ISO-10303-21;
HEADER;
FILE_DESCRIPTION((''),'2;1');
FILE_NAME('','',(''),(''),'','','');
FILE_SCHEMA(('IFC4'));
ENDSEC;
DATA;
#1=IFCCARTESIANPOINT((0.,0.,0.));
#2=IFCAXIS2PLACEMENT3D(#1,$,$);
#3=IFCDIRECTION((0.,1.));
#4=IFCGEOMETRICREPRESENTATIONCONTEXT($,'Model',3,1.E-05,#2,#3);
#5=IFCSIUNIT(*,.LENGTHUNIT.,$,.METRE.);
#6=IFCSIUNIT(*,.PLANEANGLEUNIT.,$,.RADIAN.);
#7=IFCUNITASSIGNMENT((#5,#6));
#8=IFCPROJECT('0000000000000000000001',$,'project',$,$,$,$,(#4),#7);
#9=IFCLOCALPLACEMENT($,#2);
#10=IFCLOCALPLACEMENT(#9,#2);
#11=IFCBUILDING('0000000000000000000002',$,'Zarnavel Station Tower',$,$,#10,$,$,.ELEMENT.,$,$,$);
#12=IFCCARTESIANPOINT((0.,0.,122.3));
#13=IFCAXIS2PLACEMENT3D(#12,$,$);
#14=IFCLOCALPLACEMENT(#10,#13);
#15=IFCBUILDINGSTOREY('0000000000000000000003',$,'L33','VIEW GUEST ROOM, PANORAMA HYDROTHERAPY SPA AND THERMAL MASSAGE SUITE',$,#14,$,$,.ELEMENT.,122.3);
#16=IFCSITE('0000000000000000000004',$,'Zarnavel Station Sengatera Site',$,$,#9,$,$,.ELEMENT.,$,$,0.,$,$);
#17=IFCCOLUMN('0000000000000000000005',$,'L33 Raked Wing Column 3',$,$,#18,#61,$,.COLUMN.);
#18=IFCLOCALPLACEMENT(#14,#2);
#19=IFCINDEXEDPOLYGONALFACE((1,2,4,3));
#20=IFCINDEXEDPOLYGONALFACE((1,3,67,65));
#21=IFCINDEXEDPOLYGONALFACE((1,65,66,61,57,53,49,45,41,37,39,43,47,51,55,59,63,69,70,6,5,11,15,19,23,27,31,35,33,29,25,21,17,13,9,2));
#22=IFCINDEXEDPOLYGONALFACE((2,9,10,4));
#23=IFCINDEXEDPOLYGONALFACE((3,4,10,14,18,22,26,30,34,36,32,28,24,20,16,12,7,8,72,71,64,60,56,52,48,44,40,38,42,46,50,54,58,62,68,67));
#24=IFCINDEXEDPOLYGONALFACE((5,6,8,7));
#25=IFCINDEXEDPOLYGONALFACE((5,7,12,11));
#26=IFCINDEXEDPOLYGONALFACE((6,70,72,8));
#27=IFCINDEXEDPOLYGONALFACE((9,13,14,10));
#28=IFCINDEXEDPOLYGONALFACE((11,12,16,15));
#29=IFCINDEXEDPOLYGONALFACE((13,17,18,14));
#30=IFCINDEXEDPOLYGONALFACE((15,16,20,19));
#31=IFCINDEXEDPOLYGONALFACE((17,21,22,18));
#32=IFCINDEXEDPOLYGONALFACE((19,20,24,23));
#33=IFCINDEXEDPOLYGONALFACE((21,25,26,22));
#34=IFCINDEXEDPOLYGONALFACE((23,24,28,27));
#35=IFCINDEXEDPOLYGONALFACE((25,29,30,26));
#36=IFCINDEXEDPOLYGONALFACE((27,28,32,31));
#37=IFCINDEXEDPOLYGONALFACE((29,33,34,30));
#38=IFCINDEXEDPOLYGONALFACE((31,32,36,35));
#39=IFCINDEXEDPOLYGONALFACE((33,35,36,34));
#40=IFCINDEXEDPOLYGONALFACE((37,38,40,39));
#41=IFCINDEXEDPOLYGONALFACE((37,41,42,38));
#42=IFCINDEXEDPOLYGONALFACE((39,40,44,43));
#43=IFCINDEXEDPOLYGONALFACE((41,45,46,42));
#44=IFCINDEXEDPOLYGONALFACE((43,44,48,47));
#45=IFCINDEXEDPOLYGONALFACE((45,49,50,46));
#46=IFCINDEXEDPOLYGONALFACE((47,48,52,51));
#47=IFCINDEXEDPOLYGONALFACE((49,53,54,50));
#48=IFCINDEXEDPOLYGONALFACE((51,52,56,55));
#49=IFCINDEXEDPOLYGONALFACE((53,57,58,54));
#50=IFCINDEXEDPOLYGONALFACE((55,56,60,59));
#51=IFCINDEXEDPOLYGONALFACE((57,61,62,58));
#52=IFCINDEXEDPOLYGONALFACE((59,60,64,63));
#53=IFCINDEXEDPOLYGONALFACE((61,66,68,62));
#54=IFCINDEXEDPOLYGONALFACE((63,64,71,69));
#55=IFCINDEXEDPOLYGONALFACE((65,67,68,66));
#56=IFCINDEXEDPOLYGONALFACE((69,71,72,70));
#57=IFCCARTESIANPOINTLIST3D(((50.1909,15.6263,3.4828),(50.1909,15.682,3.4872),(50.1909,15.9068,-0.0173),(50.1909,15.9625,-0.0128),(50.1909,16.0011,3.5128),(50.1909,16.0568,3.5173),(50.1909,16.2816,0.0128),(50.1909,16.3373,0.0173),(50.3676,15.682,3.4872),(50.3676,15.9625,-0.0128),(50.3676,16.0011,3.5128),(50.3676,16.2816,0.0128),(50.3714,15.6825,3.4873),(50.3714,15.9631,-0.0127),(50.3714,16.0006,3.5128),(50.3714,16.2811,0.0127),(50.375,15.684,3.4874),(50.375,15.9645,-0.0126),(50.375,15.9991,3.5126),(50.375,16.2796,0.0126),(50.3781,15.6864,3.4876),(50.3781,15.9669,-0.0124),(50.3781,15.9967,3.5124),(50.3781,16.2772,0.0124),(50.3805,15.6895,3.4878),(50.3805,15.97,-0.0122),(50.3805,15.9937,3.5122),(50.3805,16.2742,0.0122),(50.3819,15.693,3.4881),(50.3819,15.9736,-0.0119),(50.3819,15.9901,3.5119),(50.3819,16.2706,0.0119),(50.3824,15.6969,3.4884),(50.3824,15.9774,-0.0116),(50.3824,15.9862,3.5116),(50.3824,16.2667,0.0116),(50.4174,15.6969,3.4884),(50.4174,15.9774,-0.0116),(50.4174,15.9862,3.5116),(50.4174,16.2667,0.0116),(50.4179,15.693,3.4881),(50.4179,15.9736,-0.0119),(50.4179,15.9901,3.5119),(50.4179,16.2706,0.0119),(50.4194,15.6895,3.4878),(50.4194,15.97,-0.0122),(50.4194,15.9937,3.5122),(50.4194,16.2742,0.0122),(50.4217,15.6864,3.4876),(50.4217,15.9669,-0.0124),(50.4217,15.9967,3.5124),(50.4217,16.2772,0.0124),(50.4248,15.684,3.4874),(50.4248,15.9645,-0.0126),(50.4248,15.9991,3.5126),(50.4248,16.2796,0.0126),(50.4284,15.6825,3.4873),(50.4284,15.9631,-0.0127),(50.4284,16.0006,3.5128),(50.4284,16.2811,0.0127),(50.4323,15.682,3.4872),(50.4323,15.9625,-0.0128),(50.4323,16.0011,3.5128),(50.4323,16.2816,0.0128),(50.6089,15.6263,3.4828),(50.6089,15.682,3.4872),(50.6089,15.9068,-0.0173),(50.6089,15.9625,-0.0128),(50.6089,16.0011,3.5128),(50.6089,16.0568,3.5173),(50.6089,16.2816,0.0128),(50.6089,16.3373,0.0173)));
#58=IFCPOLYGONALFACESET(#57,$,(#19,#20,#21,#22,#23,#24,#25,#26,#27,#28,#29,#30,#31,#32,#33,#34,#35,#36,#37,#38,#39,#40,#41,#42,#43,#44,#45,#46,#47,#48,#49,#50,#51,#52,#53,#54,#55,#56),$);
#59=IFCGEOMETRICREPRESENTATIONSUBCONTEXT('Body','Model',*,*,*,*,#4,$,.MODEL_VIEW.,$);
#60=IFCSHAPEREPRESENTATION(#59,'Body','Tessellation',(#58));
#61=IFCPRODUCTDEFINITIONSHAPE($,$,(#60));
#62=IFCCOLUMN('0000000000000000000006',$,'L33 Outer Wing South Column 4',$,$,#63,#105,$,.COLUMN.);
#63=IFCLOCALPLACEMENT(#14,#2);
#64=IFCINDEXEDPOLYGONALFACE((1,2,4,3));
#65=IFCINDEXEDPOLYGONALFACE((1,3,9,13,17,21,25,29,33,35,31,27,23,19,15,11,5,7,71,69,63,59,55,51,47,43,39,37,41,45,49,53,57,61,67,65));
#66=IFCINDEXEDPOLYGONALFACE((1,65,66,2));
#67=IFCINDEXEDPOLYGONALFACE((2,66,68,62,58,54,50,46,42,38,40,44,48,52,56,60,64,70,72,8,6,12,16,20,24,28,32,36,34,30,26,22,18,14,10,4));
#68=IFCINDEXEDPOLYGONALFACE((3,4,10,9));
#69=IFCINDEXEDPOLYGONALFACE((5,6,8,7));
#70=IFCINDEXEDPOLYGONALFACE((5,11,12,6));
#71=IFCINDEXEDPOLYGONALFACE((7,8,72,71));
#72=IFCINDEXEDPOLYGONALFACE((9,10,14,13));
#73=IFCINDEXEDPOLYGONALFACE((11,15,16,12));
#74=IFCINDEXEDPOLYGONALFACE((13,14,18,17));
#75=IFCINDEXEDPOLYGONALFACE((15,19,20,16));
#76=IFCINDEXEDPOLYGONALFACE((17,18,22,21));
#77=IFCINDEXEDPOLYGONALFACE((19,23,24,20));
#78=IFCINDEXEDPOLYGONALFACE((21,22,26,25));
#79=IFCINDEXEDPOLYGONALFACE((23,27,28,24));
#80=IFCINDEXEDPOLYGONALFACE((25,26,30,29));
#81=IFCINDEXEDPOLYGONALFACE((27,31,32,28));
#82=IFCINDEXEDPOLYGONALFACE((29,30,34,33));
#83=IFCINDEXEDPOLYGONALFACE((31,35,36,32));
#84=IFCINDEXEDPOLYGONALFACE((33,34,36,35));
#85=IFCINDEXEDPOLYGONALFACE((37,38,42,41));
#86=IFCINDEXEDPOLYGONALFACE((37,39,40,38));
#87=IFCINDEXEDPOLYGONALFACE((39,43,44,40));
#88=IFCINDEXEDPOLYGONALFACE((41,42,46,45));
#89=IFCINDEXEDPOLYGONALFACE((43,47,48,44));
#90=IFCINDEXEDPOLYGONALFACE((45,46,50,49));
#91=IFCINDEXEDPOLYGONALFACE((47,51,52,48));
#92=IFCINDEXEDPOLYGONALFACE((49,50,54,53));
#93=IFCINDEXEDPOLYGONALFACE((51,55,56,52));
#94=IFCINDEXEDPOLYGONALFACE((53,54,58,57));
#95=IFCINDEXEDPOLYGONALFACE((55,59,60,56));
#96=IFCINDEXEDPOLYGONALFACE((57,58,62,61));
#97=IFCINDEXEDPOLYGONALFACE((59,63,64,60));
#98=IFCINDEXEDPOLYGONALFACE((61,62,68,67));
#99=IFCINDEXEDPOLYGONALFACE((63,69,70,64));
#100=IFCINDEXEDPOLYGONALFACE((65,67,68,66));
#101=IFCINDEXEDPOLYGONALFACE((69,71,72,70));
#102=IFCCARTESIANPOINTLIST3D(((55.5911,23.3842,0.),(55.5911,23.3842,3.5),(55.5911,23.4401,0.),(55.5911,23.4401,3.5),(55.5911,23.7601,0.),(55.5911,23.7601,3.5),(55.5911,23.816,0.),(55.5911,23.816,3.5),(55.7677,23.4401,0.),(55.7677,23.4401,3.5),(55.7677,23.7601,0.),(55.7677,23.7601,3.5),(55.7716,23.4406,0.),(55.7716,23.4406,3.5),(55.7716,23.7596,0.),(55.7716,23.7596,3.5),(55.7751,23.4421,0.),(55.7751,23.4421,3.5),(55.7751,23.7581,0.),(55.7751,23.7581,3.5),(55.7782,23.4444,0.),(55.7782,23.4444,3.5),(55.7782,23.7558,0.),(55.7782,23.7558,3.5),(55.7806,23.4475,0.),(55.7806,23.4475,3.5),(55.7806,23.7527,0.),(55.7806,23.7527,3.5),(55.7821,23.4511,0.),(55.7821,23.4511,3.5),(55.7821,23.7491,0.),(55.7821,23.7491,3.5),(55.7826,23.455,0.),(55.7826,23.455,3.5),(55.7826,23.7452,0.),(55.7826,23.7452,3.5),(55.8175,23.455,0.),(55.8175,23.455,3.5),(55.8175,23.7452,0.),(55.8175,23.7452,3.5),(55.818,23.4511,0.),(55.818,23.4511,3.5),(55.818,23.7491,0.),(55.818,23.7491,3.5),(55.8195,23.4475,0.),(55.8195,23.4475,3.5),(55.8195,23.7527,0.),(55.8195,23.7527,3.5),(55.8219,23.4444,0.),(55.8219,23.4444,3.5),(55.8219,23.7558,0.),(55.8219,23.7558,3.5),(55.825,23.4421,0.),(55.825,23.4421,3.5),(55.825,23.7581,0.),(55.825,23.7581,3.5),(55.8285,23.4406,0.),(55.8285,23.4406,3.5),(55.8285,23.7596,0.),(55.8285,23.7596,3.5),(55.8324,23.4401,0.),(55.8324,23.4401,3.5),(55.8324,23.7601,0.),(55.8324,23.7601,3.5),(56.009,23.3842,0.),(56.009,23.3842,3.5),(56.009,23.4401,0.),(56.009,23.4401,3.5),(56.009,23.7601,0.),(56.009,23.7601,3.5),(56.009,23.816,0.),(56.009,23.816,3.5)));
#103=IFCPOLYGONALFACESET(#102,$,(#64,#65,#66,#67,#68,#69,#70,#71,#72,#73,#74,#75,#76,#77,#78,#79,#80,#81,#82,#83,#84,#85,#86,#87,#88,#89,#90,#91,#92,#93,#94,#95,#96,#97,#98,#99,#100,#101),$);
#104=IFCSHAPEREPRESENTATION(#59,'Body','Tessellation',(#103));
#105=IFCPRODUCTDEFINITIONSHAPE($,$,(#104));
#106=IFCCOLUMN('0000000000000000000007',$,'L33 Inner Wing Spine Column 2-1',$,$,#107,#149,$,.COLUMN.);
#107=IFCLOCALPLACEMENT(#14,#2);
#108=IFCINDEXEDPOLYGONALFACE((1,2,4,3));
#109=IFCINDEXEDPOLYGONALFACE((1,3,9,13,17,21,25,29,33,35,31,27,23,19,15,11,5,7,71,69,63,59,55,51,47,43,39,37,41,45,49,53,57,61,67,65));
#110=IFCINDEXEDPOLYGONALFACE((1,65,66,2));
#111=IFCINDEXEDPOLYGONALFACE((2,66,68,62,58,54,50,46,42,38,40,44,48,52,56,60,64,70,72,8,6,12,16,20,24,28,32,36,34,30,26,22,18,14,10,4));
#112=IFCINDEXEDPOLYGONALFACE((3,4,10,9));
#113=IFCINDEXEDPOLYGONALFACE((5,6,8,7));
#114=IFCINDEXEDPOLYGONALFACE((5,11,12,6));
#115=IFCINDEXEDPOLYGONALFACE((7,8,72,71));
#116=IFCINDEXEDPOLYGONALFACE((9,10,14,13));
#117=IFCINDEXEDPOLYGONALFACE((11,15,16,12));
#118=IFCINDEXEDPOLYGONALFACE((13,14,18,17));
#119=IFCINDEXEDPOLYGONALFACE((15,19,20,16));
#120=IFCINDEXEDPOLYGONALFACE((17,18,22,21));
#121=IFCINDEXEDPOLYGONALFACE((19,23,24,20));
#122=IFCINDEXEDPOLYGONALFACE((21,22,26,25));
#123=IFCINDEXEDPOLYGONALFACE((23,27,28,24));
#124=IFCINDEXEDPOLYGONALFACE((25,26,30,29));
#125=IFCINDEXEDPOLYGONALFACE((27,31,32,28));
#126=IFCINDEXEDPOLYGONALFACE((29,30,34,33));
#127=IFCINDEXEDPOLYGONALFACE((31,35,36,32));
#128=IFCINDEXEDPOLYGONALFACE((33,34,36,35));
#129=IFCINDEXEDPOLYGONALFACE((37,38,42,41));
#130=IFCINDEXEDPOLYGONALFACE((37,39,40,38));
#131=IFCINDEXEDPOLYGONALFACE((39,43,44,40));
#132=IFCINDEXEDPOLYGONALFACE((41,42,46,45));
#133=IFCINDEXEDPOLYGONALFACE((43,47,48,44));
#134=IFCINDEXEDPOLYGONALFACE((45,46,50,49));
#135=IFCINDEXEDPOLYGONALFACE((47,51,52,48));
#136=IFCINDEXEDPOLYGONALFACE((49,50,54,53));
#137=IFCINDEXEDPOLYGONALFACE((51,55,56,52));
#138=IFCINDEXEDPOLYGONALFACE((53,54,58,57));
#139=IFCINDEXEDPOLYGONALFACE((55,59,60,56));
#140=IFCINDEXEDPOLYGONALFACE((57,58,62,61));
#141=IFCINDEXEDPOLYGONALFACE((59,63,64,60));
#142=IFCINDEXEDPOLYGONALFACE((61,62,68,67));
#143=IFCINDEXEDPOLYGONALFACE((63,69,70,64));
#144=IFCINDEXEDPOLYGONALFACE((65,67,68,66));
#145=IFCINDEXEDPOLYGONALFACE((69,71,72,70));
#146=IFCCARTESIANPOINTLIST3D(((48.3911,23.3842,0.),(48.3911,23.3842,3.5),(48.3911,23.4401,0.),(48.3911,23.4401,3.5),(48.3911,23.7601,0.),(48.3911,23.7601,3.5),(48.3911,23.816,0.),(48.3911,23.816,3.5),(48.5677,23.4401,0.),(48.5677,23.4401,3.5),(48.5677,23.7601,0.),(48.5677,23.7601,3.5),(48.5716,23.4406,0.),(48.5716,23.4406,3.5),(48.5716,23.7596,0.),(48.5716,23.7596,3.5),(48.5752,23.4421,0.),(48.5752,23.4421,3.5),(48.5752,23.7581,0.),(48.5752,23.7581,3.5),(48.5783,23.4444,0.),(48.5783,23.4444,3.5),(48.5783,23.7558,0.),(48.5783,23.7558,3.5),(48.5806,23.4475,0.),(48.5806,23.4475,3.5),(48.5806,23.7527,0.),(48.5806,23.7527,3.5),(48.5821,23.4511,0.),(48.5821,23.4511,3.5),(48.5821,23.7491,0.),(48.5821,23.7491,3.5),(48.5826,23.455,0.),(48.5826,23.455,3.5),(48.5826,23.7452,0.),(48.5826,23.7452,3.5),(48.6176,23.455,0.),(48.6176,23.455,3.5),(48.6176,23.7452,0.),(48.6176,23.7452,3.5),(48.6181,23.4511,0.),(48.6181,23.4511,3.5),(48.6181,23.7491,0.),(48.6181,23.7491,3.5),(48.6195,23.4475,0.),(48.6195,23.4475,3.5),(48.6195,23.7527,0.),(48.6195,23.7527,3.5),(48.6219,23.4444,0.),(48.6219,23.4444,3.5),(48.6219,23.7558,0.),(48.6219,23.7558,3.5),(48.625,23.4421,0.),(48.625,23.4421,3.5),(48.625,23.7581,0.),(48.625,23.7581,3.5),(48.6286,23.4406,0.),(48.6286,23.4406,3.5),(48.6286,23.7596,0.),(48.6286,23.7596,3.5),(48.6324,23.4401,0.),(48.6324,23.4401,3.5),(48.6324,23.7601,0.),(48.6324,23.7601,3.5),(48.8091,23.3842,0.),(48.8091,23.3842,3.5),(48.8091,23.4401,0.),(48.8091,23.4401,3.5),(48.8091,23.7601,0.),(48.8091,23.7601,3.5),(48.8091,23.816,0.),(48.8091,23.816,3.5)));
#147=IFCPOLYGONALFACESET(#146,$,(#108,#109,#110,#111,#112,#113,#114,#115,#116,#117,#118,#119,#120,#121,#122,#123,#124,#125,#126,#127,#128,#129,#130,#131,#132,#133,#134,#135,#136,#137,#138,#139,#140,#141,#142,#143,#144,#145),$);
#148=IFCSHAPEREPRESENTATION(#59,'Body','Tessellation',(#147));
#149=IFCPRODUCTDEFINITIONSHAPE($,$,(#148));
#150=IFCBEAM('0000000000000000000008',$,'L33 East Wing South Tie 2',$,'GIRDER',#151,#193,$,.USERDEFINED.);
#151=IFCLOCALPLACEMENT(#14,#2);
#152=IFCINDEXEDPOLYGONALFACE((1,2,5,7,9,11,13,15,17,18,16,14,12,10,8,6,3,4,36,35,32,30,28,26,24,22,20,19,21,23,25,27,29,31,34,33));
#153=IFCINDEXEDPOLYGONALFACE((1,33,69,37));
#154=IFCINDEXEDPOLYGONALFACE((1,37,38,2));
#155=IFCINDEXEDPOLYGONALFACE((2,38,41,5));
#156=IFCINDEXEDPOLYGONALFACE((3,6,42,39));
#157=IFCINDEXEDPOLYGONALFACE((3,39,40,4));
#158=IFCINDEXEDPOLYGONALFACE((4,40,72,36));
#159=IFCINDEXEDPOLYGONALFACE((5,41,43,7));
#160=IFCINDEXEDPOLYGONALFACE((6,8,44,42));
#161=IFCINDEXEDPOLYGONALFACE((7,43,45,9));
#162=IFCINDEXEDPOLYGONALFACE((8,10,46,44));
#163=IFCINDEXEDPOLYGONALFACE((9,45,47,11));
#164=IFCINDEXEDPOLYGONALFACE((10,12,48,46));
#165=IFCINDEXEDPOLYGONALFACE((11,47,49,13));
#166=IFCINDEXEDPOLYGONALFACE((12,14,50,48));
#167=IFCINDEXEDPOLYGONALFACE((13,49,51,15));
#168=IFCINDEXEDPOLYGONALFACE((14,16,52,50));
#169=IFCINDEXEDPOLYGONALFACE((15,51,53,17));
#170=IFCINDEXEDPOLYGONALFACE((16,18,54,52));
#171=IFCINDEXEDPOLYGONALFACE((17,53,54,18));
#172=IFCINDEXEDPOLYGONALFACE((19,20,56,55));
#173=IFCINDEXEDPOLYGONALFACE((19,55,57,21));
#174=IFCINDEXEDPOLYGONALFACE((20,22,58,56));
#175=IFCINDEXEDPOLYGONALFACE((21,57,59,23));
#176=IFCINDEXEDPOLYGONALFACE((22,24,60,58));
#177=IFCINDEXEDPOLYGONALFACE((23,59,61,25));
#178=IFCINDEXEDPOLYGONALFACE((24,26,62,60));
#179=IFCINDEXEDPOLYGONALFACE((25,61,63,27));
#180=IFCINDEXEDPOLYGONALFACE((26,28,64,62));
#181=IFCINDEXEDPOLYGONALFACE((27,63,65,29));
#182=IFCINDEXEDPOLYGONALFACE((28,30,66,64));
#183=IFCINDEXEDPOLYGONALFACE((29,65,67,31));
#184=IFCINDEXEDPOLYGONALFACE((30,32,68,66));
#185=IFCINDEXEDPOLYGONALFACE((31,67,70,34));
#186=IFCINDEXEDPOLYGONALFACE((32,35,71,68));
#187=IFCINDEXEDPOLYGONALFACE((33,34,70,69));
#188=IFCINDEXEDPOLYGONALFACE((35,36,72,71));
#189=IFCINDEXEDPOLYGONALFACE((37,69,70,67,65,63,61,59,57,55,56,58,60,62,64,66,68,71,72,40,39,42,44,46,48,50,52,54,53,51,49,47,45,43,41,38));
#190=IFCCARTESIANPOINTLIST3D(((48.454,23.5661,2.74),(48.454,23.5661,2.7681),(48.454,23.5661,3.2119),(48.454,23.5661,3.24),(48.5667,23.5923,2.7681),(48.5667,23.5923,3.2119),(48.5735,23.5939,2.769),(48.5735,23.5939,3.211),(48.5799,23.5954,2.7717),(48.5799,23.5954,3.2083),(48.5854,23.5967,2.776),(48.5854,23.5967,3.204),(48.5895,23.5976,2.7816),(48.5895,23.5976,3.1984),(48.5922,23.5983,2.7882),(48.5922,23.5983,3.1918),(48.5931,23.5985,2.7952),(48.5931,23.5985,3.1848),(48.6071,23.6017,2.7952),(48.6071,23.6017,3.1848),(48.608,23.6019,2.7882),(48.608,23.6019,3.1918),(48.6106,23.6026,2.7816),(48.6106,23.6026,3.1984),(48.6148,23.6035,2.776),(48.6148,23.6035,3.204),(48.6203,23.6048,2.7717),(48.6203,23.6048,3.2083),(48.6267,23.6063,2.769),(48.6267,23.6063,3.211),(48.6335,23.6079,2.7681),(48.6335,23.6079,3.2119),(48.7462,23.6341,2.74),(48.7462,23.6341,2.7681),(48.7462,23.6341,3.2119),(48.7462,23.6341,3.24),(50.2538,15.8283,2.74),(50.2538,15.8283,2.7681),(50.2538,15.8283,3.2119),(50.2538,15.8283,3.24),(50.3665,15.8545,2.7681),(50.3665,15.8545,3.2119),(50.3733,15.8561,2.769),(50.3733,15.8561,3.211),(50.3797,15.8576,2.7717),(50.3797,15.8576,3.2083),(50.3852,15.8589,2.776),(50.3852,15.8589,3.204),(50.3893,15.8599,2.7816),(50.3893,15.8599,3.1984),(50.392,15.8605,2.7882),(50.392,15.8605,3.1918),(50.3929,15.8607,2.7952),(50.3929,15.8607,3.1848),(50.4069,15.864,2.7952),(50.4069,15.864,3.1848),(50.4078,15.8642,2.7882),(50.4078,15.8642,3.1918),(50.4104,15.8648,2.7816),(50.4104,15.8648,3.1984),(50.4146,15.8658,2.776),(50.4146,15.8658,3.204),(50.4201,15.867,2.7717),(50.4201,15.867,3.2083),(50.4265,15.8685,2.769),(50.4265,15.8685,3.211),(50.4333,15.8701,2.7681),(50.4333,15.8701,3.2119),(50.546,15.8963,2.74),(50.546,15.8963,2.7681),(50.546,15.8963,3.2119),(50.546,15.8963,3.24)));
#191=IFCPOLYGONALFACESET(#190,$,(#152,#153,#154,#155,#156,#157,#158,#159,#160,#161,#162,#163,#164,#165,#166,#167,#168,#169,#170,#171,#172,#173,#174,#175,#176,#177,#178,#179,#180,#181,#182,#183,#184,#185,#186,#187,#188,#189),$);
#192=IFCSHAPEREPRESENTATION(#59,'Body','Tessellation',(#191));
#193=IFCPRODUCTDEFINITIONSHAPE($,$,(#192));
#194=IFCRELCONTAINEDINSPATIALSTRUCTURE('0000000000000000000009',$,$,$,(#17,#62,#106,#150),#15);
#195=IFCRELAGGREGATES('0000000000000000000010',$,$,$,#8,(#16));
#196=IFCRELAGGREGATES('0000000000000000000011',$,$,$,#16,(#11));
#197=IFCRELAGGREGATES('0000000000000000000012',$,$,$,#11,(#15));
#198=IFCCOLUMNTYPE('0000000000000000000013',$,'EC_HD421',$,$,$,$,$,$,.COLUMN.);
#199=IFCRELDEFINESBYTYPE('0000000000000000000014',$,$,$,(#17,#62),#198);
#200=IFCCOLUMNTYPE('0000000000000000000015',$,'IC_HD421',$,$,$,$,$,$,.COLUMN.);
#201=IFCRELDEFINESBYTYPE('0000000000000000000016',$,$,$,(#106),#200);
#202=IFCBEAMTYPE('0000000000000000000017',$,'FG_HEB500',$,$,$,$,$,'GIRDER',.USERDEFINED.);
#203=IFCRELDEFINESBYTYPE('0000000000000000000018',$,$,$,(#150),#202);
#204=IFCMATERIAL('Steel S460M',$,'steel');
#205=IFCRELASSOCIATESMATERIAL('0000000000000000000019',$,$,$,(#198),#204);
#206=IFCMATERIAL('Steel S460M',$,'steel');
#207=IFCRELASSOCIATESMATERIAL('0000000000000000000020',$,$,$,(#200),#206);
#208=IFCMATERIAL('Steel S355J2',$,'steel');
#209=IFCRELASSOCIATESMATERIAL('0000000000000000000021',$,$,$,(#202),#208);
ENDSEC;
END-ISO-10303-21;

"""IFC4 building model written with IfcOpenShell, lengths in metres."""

from ifc_helpers import new_model, si_unit, direction, frame, origin, origin_2d, place, context, subcontext, project, spatial, i_section, extrude, material, material_profile, profile_set, type_object, element, save


model = new_model("IFC4")

# Units and contexts
model_context = context("Model", 3, precision=1e-05, world=origin(), true_north=direction((0.0, 1.0)))
body_context = subcontext(model_context, "Body", "Model", "MODEL_VIEW")
ifc_project = project(units=[si_unit("LENGTHUNIT", "METRE"), si_unit("PLANEANGLEUNIT", "RADIAN")], contexts=[model_context])

# Site, building, storey
site_placement = place(None, origin())
site = spatial("IfcSite", under=ifc_project, at=site_placement, Name="Zarnavel Station Sengatera Site", CompositionType="ELEMENT", RefElevation=0.0)
building_placement = place(site_placement, origin())
building = spatial("IfcBuilding", under=site, at=building_placement, Name="Zarnavel Station Tower", CompositionType="ELEMENT")
storey_placement = place(building_placement, frame((0.0, 0.0, 122.3)))
storey = spatial("IfcBuildingStorey", under=building, at=storey_placement, Name="L33", Description="VIEW GUEST ROOM, PANORAMA HYDROTHERAPY SPA AND THERMAL MASSAGE SUITE", CompositionType="ELEMENT", Elevation=122.3)

# Columns
ifc_material_1 = material(Name="Steel S460M", Category="steel")
ifc_material_profile_1 = material_profile(ifc_material_1, i_section(OverallWidth=0.418, OverallDepth=0.4319, WebThickness=0.0349, FlangeThickness=0.0559, FilletRadius=0.0149, at=origin_2d()), Name="HD400x421")
ifc_profile_set_1 = profile_set([ifc_material_profile_1], Name="Steel S460M")
column_type_1 = type_object("IfcColumnType", Name="EC_HD421", PredefinedType="COLUMN", material=ifc_profile_set_1)
column_1_placement = place(storey_placement, frame((50.3999, 16.1221, 0.0), z_axis=(0.0, -0.079892, 0.996804), x_axis=(1.0, 0.0, 0.0)))
element("IfcColumn", 1, at=column_1_placement, inside=storey, type_object=column_type_1, Name="L33 Raked Wing Column 3", PredefinedType="COLUMN", context=body_context, shape_type="SweptSolid", body=[
    extrude(i_section(OverallWidth=0.418, OverallDepth=0.4319, WebThickness=0.0349, FlangeThickness=0.0559, FilletRadius=0.0149, at=origin_2d()), origin(), (0.0, 0.0, 1.0), 3.5112),
])
column_2_placement = place(storey_placement, frame((55.8, 23.6001, 0.0), z_axis=(0.0, 0.0, 1.0), x_axis=(1.0, 0.0, 0.0)))
element("IfcColumn", 2, at=column_2_placement, inside=storey, type_object=column_type_1, Name="L33 Outer Wing South Column 4", PredefinedType="COLUMN", context=body_context, shape_type="SweptSolid", body=[
    extrude(i_section(OverallWidth=0.418, OverallDepth=0.4319, WebThickness=0.0349, FlangeThickness=0.0559, FilletRadius=0.0149, at=origin_2d()), origin(), (0.0, 0.0, 1.0), 3.5),
])
ifc_material_2 = material(Name="Steel S460M", Category="steel")
ifc_material_profile_2 = material_profile(ifc_material_2, i_section(OverallWidth=0.418, OverallDepth=0.4319, WebThickness=0.0349, FlangeThickness=0.0559, FilletRadius=0.0149, at=origin_2d()), Name="HD400x421")
ifc_profile_set_2 = profile_set([ifc_material_profile_2], Name="Steel S460M")
column_type_2 = type_object("IfcColumnType", Name="IC_HD421", PredefinedType="COLUMN", material=ifc_profile_set_2)
column_3_placement = place(storey_placement, frame((48.6001, 23.6001, 0.0), z_axis=(0.0, 0.0, 1.0), x_axis=(1.0, 0.0, 0.0)))
element("IfcColumn", 3, at=column_3_placement, inside=storey, type_object=column_type_2, Name="L33 Inner Wing Spine Column 2-1", PredefinedType="COLUMN", context=body_context, shape_type="SweptSolid", body=[
    extrude(i_section(OverallWidth=0.418, OverallDepth=0.4319, WebThickness=0.0349, FlangeThickness=0.0559, FilletRadius=0.0149, at=origin_2d()), origin(), (0.0, 0.0, 1.0), 3.5),
])

# Beam
ifc_material_3 = material(Name="Steel S355J2", Category="steel")
ifc_material_profile_3 = material_profile(ifc_material_3, i_section(OverallWidth=0.3, OverallDepth=0.5, WebThickness=0.0144, FlangeThickness=0.0281, FilletRadius=0.0271, at=origin_2d()), Name="HEB500")
ifc_profile_set_3 = profile_set([ifc_material_profile_3], Name="Steel S355J2")
beam_type_1 = type_object("IfcBeamType", Name="FG_HEB500", ElementType="GIRDER", PredefinedType="USERDEFINED", material=ifc_profile_set_3)
beam_1_placement = place(storey_placement, frame((48.6001, 23.6001, 2.99), z_axis=(0.226551, -0.973999, 0.0), x_axis=(0.973999, 0.226551, 0.0)))
element("IfcBeam", 4, at=beam_1_placement, inside=storey, type_object=beam_type_1, Name="L33 East Wing South Tie 2", ObjectType="GIRDER", PredefinedType="USERDEFINED", context=body_context, shape_type="SweptSolid", body=[
    extrude(i_section(OverallWidth=0.3, OverallDepth=0.5, WebThickness=0.0144, FlangeThickness=0.0281, FilletRadius=0.0271, at=origin_2d()), origin(), (0.0, 0.0, 1.0), 7.9443),
])

save(model, "model.ifc")
